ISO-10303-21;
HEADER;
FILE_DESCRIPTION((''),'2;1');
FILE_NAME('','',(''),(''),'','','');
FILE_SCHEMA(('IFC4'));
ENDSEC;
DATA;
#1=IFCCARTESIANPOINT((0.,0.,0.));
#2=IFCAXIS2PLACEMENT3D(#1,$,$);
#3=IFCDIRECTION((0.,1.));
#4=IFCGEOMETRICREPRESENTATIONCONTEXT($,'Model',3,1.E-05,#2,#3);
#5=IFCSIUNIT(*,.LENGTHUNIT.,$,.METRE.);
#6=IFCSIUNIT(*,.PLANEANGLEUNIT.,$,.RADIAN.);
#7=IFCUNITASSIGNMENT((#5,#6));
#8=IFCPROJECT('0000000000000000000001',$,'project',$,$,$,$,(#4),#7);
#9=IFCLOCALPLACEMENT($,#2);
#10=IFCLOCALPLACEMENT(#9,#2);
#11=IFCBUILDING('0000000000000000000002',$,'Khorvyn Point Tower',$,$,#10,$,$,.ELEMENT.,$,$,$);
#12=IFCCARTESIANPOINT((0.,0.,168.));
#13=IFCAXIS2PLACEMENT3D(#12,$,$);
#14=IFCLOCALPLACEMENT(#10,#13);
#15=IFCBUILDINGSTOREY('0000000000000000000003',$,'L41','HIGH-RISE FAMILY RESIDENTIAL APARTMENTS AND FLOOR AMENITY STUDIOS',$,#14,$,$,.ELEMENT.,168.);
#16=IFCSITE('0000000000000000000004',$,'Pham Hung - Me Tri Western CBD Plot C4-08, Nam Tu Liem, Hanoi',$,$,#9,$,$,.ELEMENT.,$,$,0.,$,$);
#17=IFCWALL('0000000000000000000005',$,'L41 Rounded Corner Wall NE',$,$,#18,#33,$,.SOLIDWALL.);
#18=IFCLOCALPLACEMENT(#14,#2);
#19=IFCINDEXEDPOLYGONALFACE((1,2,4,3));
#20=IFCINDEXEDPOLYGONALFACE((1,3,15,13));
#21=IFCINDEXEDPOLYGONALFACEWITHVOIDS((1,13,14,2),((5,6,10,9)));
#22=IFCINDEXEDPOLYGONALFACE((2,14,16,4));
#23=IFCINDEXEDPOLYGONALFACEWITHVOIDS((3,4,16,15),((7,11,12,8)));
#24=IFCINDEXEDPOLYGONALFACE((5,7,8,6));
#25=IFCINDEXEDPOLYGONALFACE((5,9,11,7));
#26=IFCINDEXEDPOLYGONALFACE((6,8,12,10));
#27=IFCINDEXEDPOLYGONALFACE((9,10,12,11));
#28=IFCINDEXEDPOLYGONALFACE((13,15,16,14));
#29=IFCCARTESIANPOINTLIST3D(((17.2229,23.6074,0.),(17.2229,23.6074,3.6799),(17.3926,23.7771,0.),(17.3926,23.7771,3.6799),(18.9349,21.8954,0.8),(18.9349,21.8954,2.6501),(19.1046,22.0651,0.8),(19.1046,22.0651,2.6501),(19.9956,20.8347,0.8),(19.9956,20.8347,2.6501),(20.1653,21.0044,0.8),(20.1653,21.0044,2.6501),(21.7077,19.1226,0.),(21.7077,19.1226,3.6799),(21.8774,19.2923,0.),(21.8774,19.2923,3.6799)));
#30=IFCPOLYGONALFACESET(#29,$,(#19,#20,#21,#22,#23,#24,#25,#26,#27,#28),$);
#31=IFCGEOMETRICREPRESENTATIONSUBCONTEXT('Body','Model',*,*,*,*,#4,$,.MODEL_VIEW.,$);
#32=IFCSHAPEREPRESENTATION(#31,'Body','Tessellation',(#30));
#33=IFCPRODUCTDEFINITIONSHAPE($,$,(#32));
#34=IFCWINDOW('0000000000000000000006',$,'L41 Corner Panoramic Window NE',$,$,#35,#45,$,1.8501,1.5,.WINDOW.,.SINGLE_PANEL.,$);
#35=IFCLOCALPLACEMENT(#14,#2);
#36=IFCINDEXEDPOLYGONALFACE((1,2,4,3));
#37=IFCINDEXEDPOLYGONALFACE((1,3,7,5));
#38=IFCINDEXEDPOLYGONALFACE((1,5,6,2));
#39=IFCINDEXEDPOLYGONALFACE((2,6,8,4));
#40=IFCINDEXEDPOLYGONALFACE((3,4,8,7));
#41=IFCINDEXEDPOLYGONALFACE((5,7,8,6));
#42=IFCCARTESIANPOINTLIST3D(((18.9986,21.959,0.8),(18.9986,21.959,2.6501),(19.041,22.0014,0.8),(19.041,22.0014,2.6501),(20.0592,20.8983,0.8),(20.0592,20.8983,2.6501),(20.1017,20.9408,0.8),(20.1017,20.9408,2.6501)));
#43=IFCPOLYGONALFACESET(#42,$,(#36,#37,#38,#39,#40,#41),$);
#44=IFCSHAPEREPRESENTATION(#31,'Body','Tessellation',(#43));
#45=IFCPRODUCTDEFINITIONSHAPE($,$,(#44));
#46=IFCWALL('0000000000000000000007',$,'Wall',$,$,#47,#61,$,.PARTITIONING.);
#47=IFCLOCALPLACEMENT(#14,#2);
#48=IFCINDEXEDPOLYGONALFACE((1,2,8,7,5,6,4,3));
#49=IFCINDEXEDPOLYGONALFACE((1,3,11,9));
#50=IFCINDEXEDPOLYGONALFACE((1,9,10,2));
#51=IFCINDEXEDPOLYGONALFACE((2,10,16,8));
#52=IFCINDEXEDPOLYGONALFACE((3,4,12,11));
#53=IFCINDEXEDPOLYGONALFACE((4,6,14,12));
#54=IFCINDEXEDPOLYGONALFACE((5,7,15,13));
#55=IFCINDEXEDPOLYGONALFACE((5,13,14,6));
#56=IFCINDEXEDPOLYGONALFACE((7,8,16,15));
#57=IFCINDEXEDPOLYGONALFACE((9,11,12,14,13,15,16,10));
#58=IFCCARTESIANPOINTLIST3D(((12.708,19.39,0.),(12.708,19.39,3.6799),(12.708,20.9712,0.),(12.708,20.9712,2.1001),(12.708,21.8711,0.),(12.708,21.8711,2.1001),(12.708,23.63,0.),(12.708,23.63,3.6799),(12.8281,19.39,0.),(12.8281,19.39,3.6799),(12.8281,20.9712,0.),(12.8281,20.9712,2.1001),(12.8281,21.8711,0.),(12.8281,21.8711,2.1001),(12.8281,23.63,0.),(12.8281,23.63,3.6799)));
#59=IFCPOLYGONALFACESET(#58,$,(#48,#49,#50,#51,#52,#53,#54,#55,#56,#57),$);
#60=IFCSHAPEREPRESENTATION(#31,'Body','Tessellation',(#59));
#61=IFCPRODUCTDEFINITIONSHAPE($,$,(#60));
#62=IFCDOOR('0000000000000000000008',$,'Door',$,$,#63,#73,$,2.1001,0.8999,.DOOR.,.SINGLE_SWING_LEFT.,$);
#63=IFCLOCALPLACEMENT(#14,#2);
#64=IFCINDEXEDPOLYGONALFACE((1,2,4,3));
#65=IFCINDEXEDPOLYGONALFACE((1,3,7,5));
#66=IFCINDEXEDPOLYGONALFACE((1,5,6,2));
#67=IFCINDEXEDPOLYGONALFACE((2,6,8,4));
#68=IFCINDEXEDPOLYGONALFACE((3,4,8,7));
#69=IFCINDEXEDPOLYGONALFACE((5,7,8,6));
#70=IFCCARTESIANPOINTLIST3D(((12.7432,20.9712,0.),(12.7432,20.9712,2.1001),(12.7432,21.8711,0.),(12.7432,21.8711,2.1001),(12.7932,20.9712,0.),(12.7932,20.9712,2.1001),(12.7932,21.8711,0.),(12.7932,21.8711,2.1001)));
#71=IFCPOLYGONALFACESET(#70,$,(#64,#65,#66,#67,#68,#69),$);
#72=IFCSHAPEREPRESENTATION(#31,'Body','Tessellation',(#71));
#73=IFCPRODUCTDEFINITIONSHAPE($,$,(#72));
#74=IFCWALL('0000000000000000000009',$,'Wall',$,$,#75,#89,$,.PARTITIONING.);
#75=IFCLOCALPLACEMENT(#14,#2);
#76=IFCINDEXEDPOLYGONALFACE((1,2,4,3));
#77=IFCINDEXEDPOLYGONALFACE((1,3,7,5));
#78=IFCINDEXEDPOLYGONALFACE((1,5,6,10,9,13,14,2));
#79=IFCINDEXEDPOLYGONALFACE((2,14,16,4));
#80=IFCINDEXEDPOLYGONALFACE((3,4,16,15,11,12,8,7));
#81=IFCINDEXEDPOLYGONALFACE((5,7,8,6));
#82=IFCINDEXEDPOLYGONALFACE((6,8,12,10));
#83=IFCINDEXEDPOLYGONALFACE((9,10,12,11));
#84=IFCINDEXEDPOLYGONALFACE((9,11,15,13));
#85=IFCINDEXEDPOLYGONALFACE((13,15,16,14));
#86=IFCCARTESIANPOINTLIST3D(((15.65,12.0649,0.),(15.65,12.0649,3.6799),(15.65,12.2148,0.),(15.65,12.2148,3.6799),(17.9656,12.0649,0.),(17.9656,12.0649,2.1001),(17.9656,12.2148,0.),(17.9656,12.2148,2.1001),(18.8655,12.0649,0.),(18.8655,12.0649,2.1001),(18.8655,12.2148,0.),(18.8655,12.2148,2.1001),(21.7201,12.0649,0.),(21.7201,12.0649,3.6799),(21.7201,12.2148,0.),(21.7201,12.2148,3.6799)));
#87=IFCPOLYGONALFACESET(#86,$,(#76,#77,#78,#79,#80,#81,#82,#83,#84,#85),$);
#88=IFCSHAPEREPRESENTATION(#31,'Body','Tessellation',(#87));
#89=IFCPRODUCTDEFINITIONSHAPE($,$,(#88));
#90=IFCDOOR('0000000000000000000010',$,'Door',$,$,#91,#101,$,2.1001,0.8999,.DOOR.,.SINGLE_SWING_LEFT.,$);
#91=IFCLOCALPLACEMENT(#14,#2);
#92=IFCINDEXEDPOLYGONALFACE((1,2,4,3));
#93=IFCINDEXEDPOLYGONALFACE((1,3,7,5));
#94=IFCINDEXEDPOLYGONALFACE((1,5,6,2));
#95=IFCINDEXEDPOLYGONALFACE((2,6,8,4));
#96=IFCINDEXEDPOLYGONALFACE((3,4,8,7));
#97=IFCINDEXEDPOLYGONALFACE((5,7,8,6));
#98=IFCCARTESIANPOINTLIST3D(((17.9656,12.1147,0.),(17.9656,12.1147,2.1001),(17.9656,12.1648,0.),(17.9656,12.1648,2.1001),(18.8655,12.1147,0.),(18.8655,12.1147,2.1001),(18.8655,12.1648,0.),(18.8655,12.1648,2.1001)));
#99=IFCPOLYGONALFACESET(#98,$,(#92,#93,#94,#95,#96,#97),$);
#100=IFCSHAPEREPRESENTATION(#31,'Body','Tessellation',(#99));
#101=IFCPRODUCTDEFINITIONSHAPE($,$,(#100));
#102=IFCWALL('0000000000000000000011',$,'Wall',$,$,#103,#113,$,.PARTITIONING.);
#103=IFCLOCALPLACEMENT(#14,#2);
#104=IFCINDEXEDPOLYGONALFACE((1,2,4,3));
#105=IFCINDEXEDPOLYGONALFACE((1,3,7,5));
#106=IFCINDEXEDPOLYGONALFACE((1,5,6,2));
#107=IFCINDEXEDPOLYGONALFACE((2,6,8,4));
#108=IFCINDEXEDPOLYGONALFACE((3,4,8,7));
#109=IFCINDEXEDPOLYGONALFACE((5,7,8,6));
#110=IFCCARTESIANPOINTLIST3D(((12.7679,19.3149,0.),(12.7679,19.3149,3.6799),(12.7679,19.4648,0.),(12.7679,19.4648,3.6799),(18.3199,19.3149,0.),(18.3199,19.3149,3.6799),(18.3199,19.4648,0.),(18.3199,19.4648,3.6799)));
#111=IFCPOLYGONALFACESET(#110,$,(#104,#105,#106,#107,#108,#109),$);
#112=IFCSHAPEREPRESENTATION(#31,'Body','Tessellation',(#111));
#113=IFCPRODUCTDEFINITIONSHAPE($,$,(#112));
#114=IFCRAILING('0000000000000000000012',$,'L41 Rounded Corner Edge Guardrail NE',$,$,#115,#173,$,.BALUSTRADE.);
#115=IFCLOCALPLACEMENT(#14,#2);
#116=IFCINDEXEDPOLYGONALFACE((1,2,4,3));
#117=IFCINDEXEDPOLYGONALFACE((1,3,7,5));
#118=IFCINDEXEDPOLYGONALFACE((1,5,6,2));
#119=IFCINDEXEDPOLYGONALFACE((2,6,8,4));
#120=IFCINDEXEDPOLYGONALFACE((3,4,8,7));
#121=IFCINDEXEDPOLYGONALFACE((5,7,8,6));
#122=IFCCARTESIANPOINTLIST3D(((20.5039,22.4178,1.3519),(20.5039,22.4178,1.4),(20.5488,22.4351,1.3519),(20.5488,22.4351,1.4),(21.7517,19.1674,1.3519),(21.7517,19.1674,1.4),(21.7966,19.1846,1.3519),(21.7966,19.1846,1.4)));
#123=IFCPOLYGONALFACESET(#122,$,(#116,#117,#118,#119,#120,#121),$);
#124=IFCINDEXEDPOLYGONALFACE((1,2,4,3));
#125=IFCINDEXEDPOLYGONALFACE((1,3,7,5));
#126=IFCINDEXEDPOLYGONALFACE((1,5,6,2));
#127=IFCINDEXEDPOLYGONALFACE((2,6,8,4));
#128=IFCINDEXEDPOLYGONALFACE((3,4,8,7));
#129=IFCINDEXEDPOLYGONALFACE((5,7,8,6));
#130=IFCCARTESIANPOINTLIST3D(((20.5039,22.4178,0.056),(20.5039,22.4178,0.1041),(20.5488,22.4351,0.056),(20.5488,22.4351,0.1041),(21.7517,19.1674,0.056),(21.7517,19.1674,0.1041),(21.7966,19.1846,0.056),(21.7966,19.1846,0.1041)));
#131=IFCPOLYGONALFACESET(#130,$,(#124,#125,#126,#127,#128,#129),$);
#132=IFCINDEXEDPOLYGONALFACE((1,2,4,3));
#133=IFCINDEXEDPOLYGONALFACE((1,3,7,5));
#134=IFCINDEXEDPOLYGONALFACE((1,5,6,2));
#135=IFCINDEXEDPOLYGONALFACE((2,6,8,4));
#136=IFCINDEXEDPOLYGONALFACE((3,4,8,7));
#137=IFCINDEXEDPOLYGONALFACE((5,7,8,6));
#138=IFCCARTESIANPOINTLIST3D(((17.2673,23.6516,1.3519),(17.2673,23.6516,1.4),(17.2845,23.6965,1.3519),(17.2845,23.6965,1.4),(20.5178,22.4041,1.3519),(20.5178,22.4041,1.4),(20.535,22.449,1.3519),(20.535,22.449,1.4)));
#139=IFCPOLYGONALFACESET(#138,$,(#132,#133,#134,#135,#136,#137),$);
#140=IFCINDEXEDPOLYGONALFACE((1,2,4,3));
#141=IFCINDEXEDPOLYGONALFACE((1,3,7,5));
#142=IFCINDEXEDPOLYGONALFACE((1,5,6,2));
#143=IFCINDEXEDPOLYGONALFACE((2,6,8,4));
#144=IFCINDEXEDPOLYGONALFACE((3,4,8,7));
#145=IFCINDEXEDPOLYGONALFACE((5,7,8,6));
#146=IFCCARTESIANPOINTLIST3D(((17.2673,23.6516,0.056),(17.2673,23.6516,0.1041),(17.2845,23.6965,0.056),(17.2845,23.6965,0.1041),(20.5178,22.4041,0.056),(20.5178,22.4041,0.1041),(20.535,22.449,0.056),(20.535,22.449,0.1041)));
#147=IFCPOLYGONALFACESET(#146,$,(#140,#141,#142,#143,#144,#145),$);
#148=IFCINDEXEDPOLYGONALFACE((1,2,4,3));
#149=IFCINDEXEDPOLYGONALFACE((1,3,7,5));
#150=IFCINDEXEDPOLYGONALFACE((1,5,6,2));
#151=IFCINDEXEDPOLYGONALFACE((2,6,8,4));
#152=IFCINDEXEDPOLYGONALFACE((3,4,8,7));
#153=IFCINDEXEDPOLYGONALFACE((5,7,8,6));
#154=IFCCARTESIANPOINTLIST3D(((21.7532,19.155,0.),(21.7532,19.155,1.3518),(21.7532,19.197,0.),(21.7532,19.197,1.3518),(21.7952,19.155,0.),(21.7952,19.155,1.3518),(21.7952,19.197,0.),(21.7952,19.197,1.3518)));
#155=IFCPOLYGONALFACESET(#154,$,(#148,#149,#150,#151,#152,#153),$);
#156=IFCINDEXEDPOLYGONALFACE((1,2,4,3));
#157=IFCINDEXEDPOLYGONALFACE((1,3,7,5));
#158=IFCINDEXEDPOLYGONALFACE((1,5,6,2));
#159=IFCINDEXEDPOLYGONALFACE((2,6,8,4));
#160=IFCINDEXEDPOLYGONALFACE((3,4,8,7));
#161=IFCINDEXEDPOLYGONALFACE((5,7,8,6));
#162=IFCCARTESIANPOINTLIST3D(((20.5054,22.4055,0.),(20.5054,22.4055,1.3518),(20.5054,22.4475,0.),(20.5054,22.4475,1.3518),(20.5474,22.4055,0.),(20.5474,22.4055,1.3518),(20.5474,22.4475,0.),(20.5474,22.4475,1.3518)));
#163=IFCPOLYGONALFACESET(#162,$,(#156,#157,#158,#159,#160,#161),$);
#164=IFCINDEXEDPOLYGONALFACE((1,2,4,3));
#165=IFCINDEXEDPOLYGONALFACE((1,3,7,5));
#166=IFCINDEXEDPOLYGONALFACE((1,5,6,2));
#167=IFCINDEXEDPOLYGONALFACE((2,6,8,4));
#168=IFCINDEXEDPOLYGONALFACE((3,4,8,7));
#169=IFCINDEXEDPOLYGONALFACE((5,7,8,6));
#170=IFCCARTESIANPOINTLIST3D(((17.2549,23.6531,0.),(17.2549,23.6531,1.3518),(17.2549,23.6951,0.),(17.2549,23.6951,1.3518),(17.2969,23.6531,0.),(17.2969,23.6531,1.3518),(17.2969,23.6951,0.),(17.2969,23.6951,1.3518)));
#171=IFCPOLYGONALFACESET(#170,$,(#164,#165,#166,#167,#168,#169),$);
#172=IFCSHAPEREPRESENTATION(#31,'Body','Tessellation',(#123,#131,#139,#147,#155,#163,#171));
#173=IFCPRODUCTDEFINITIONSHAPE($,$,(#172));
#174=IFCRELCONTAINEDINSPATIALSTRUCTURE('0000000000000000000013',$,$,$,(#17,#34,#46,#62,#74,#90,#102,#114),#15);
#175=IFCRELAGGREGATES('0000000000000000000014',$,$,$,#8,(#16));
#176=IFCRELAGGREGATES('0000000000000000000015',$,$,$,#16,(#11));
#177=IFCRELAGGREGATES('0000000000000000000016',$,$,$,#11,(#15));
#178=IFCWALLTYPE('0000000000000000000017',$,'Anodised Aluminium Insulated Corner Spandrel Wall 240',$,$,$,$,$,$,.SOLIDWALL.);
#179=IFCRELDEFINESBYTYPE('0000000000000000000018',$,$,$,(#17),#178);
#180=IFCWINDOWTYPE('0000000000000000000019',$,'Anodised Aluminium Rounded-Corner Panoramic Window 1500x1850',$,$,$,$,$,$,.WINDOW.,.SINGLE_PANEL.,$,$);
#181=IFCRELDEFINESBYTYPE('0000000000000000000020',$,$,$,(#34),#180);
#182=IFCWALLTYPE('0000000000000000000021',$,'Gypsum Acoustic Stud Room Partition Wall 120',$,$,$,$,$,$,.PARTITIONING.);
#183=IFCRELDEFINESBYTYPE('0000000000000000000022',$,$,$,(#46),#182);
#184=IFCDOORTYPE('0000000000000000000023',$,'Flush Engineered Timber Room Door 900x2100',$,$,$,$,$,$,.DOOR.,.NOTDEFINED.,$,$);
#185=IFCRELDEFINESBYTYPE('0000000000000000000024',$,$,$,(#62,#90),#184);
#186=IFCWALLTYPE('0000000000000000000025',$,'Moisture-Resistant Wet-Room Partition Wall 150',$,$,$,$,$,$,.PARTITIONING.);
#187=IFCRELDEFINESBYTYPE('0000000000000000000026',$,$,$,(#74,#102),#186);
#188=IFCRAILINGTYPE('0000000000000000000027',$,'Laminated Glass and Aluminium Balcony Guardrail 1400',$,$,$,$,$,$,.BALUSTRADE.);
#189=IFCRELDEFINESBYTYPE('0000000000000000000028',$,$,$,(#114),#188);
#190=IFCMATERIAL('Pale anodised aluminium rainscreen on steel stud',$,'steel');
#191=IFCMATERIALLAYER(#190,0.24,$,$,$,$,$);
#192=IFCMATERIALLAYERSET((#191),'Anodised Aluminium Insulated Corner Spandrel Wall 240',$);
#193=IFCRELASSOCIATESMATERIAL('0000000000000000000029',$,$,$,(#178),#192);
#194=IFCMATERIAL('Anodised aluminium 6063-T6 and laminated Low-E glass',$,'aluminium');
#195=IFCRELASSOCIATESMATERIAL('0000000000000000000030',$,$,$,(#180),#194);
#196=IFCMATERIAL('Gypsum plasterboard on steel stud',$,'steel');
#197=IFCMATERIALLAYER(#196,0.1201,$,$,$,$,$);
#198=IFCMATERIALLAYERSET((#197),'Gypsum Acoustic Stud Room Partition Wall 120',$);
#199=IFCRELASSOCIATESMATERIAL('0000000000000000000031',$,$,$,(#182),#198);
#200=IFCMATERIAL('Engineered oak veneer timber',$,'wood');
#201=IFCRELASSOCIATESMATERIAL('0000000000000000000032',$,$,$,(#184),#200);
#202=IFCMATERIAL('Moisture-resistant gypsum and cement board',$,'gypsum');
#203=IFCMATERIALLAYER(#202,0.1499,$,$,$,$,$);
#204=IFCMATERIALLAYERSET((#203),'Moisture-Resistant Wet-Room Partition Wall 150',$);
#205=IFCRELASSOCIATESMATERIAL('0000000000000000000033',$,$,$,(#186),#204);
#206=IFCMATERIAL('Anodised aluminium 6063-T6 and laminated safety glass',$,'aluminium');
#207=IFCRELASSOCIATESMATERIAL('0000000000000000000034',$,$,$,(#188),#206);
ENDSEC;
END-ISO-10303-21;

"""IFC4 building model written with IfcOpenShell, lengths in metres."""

from ifc_helpers import new_model, si_unit, direction, frame, frame_2d, origin, origin_2d, place, context, subcontext, project, spatial, rectangle, extrude, material, layer, layer_set, type_object, element, fill, save


model = new_model("IFC4")

# Units and contexts
model_context = context("Model", 3, precision=1e-05, world=origin(), true_north=direction((0.0, 1.0)))
body_context = subcontext(model_context, "Body", "Model", "MODEL_VIEW")
ifc_project = project(units=[si_unit("LENGTHUNIT", "METRE"), si_unit("PLANEANGLEUNIT", "RADIAN")], contexts=[model_context])

# Site, building, storey
site_placement = place(None, origin())
site = spatial("IfcSite", under=ifc_project, at=site_placement, Name="Pham Hung - Me Tri Western CBD Plot C4-08, Nam Tu Liem, Hanoi", CompositionType="ELEMENT", RefElevation=0.0)
building_placement = place(site_placement, origin())
building = spatial("IfcBuilding", under=site, at=building_placement, Name="Khorvyn Point Tower", CompositionType="ELEMENT")
storey_placement = place(building_placement, frame((0.0, 0.0, 168.0)))
storey = spatial("IfcBuildingStorey", under=building, at=storey_placement, Name="L41", Description="HIGH-RISE FAMILY RESIDENTIAL APARTMENTS AND FLOOR AMENITY STUDIOS", CompositionType="ELEMENT", Elevation=168.0)

# Shared definitions
ifc_material_1 = material(Name="Anodised aluminium 6063-T6 and laminated Low-E glass", Category="aluminium")

# Wall, opening, window
ifc_material_2 = material(Name="Pale anodised aluminium rainscreen on steel stud", Category="steel")
ifc_layer_1 = layer(ifc_material_2, 0.24)
ifc_layer_set_1 = layer_set([ifc_layer_1], Name="Anodised Aluminium Insulated Corner Spandrel Wall 240")
wall_type_1 = type_object("IfcWallType", Name="Anodised Aluminium Insulated Corner Spandrel Wall 240", PredefinedType="SOLIDWALL", material=ifc_layer_set_1)
wall_1_placement = place(storey_placement, frame((17.3076, 23.6924, 0.0), z_axis=(0.0, 0.0, 1.0), x_axis=(0.707107, -0.707107, 0.0)))
wall_1 = element("IfcWall", 1, at=wall_1_placement, inside=storey, type_object=wall_type_1, Name="L41 Rounded Corner Wall NE", PredefinedType="SOLIDWALL", context=body_context, shape_type="SweptSolid", body=[
    extrude(rectangle(XDim=6.3425, YDim=0.24, at=frame_2d((3.1714, 0.0))), origin(), (0.0, 0.0, 1.0), 3.6799),
])
opening_1_placement = place(wall_1_placement, frame((2.4214, 0.0, 0.8)))
opening_1 = element("IfcOpeningElement", 2, at=opening_1_placement, cuts=wall_1, PredefinedType="OPENING", context=body_context, shape_type="SweptSolid", body=[
    extrude(rectangle(XDim=1.5, YDim=1.8501, at=frame_2d((0.75, 0.925))), frame((0.0, 0.1299, 0.0), z_axis=(0.0, -1.0, 0.0), x_axis=(1.0, 0.0, 0.0)), (0.0, 0.0, 1.0), 0.26),
])
window_type = type_object("IfcWindowType", Name="Anodised Aluminium Rounded-Corner Panoramic Window 1500x1850", PartitioningType="SINGLE_PANEL", PredefinedType="WINDOW", material=ifc_material_1)
window_placement = place(opening_1_placement, origin())
window = element("IfcWindow", 3, at=window_placement, inside=storey, type_object=window_type, Name="L41 Corner Panoramic Window NE", OverallHeight=1.8501, OverallWidth=1.5, PartitioningType="SINGLE_PANEL", PredefinedType="WINDOW", context=body_context, shape_type="SweptSolid", body=[
    extrude(rectangle(XDim=1.5, YDim=1.8501, at=frame_2d((0.75, 0.925))), frame((0.0, 0.03, 0.0), z_axis=(0.0, -1.0, 0.0), x_axis=(1.0, 0.0, 0.0)), (0.0, 0.0, 1.0), 0.0601),
])
fill(opening_1, window)

# Walls, openings, doors
ifc_material_3 = material(Name="Gypsum plasterboard on steel stud", Category="steel")
ifc_layer_2 = layer(ifc_material_3, 0.1201)
ifc_layer_set_2 = layer_set([ifc_layer_2], Name="Gypsum Acoustic Stud Room Partition Wall 120")
wall_type_2 = type_object("IfcWallType", Name="Gypsum Acoustic Stud Room Partition Wall 120", PredefinedType="PARTITIONING", material=ifc_layer_set_2)
wall_2_placement = place(storey_placement, frame((12.7681, 19.3899, 0.0), z_axis=(0.0, 0.0, 1.0), x_axis=(0.0, 1.0, 0.0)))
wall_2 = element("IfcWall", 4, at=wall_2_placement, inside=storey, type_object=wall_type_2, Name="Wall", PredefinedType="PARTITIONING", context=body_context, shape_type="SweptSolid", body=[
    extrude(rectangle(XDim=4.24, YDim=0.1201, at=frame_2d((2.1201, 0.0))), origin(), (0.0, 0.0, 1.0), 3.6799),
])
opening_2_placement = place(wall_2_placement, frame((1.5813, 0.0, 0.0)))
opening_2 = element("IfcOpeningElement", 5, at=opening_2_placement, cuts=wall_2, PredefinedType="OPENING", context=body_context, shape_type="SweptSolid", body=[
    extrude(rectangle(XDim=0.8999, YDim=2.1001, at=frame_2d((0.45, 1.05))), frame((0.0, 0.0701, 0.0), z_axis=(0.0, -1.0, 0.0), x_axis=(1.0, 0.0, 0.0)), (0.0, 0.0, 1.0), 0.1401),
])
ifc_material_4 = material(Name="Engineered oak veneer timber", Category="wood")
door_type = type_object("IfcDoorType", Name="Flush Engineered Timber Room Door 900x2100", OperationType="NOTDEFINED", PredefinedType="DOOR", material=ifc_material_4)
door_1_placement = place(opening_2_placement, origin())
door_1 = element("IfcDoor", 6, at=door_1_placement, inside=storey, type_object=door_type, Name="Door", OperationType="SINGLE_SWING_LEFT", OverallHeight=2.1001, OverallWidth=0.8999, PredefinedType="DOOR", context=body_context, shape_type="SweptSolid", body=[
    extrude(rectangle(XDim=0.8999, YDim=2.1001, at=frame_2d((0.45, 1.05))), frame((0.0, 0.0249, 0.0), z_axis=(0.0, -1.0, 0.0), x_axis=(1.0, 0.0, 0.0)), (0.0, 0.0, 1.0), 0.05),
])
fill(opening_2, door_1)
ifc_material_5 = material(Name="Moisture-resistant gypsum and cement board", Category="gypsum")
ifc_layer_3 = layer(ifc_material_5, 0.1499)
ifc_layer_set_3 = layer_set([ifc_layer_3], Name="Moisture-Resistant Wet-Room Partition Wall 150")
wall_type_3 = type_object("IfcWallType", Name="Moisture-Resistant Wet-Room Partition Wall 150", PredefinedType="PARTITIONING", material=ifc_layer_set_3)
wall_3_placement = place(storey_placement, frame((15.6499, 12.1399, 0.0), z_axis=(0.0, 0.0, 1.0), x_axis=(1.0, 0.0, 0.0)))
wall_3 = element("IfcWall", 7, at=wall_3_placement, inside=storey, type_object=wall_type_3, Name="Wall", PredefinedType="PARTITIONING", context=body_context, shape_type="SweptSolid", body=[
    extrude(rectangle(XDim=6.0701, YDim=0.1499, at=frame_2d((3.0352, 0.0))), origin(), (0.0, 0.0, 1.0), 3.6799),
])
opening_3_placement = place(wall_3_placement, frame((2.3157, 0.0, 0.0)))
opening_3 = element("IfcOpeningElement", 8, at=opening_3_placement, cuts=wall_3, PredefinedType="OPENING", context=body_context, shape_type="SweptSolid", body=[
    extrude(rectangle(XDim=0.8999, YDim=2.1001, at=frame_2d((0.45, 1.05))), frame((0.0, 0.085, 0.0), z_axis=(0.0, -1.0, 0.0), x_axis=(1.0, 0.0, 0.0)), (0.0, 0.0, 1.0), 0.1699),
])
door_2_placement = place(opening_3_placement, origin())
door_2 = element("IfcDoor", 9, at=door_2_placement, inside=storey, type_object=door_type, Name="Door", OperationType="SINGLE_SWING_LEFT", OverallHeight=2.1001, OverallWidth=0.8999, PredefinedType="DOOR", context=body_context, shape_type="SweptSolid", body=[
    extrude(rectangle(XDim=0.8999, YDim=2.1001, at=frame_2d((0.45, 1.05))), frame((0.0, 0.0249, 0.0), z_axis=(0.0, -1.0, 0.0), x_axis=(1.0, 0.0, 0.0)), (0.0, 0.0, 1.0), 0.05),
])
fill(opening_3, door_2)

# Wall
wall_4_placement = place(storey_placement, frame((12.7681, 19.3899, 0.0), z_axis=(0.0, 0.0, 1.0), x_axis=(1.0, 0.0, 0.0)))
element("IfcWall", 10, at=wall_4_placement, inside=storey, type_object=wall_type_3, Name="Wall", PredefinedType="PARTITIONING", context=body_context, shape_type="SweptSolid", body=[
    extrude(rectangle(XDim=5.552, YDim=0.1499, at=frame_2d((2.7759, 0.0))), origin(), (0.0, 0.0, 1.0), 3.6799),
])

# Railing
ifc_material_6 = material(Name="Anodised aluminium 6063-T6 and laminated safety glass", Category="aluminium")
railing_type = type_object("IfcRailingType", Name="Laminated Glass and Aluminium Balcony Guardrail 1400", PredefinedType="BALUSTRADE", material=ifc_material_6)
railing_1_placement = place(storey_placement, frame((21.7742, 19.176, 0.0)))
element("IfcRailing", 11, at=railing_1_placement, inside=storey, type_object=railing_type, Name="L41 Rounded Corner Edge Guardrail NE", PredefinedType="BALUSTRADE", context=body_context, shape_type="SweptSolid", body=[
    extrude(rectangle(XDim=0.0481, YDim=0.0481, at=origin_2d()), frame((0.0, 0.0, 1.376), z_axis=(-0.358382, 0.933575, 0.0), x_axis=(-0.933575, -0.358382, 0.0)), (0.0, 0.0, 1.0), 3.4817),
    extrude(rectangle(XDim=0.0481, YDim=0.0481, at=origin_2d()), frame((0.0, 0.0, 0.0801), z_axis=(-0.358382, 0.933575, 0.0), x_axis=(-0.933575, -0.358382, 0.0)), (0.0, 0.0, 1.0), 3.4817),
    extrude(rectangle(XDim=0.0481, YDim=0.0481, at=origin_2d()), frame((-1.2478, 3.2505, 1.376), z_axis=(-0.933598, 0.358321, 0.0), x_axis=(-0.358321, -0.933598, 0.0)), (0.0, 0.0, 1.0), 3.4817),
    extrude(rectangle(XDim=0.0481, YDim=0.0481, at=origin_2d()), frame((-1.2478, 3.2505, 0.0801), z_axis=(-0.933598, 0.358321, 0.0), x_axis=(-0.358321, -0.933598, 0.0)), (0.0, 0.0, 1.0), 3.4817),
    extrude(rectangle(XDim=0.042, YDim=0.042, at=origin_2d()), origin(), (0.0, 0.0, 1.0), 1.3518),
    extrude(rectangle(XDim=0.042, YDim=0.042, at=origin_2d()), frame((-1.2478, 3.2505, 0.0)), (0.0, 0.0, 1.0), 1.3518),
    extrude(rectangle(XDim=0.042, YDim=0.042, at=origin_2d()), frame((-4.4983, 4.498, 0.0)), (0.0, 0.0, 1.0), 1.3518),
])

save(model, "model.ifc")
